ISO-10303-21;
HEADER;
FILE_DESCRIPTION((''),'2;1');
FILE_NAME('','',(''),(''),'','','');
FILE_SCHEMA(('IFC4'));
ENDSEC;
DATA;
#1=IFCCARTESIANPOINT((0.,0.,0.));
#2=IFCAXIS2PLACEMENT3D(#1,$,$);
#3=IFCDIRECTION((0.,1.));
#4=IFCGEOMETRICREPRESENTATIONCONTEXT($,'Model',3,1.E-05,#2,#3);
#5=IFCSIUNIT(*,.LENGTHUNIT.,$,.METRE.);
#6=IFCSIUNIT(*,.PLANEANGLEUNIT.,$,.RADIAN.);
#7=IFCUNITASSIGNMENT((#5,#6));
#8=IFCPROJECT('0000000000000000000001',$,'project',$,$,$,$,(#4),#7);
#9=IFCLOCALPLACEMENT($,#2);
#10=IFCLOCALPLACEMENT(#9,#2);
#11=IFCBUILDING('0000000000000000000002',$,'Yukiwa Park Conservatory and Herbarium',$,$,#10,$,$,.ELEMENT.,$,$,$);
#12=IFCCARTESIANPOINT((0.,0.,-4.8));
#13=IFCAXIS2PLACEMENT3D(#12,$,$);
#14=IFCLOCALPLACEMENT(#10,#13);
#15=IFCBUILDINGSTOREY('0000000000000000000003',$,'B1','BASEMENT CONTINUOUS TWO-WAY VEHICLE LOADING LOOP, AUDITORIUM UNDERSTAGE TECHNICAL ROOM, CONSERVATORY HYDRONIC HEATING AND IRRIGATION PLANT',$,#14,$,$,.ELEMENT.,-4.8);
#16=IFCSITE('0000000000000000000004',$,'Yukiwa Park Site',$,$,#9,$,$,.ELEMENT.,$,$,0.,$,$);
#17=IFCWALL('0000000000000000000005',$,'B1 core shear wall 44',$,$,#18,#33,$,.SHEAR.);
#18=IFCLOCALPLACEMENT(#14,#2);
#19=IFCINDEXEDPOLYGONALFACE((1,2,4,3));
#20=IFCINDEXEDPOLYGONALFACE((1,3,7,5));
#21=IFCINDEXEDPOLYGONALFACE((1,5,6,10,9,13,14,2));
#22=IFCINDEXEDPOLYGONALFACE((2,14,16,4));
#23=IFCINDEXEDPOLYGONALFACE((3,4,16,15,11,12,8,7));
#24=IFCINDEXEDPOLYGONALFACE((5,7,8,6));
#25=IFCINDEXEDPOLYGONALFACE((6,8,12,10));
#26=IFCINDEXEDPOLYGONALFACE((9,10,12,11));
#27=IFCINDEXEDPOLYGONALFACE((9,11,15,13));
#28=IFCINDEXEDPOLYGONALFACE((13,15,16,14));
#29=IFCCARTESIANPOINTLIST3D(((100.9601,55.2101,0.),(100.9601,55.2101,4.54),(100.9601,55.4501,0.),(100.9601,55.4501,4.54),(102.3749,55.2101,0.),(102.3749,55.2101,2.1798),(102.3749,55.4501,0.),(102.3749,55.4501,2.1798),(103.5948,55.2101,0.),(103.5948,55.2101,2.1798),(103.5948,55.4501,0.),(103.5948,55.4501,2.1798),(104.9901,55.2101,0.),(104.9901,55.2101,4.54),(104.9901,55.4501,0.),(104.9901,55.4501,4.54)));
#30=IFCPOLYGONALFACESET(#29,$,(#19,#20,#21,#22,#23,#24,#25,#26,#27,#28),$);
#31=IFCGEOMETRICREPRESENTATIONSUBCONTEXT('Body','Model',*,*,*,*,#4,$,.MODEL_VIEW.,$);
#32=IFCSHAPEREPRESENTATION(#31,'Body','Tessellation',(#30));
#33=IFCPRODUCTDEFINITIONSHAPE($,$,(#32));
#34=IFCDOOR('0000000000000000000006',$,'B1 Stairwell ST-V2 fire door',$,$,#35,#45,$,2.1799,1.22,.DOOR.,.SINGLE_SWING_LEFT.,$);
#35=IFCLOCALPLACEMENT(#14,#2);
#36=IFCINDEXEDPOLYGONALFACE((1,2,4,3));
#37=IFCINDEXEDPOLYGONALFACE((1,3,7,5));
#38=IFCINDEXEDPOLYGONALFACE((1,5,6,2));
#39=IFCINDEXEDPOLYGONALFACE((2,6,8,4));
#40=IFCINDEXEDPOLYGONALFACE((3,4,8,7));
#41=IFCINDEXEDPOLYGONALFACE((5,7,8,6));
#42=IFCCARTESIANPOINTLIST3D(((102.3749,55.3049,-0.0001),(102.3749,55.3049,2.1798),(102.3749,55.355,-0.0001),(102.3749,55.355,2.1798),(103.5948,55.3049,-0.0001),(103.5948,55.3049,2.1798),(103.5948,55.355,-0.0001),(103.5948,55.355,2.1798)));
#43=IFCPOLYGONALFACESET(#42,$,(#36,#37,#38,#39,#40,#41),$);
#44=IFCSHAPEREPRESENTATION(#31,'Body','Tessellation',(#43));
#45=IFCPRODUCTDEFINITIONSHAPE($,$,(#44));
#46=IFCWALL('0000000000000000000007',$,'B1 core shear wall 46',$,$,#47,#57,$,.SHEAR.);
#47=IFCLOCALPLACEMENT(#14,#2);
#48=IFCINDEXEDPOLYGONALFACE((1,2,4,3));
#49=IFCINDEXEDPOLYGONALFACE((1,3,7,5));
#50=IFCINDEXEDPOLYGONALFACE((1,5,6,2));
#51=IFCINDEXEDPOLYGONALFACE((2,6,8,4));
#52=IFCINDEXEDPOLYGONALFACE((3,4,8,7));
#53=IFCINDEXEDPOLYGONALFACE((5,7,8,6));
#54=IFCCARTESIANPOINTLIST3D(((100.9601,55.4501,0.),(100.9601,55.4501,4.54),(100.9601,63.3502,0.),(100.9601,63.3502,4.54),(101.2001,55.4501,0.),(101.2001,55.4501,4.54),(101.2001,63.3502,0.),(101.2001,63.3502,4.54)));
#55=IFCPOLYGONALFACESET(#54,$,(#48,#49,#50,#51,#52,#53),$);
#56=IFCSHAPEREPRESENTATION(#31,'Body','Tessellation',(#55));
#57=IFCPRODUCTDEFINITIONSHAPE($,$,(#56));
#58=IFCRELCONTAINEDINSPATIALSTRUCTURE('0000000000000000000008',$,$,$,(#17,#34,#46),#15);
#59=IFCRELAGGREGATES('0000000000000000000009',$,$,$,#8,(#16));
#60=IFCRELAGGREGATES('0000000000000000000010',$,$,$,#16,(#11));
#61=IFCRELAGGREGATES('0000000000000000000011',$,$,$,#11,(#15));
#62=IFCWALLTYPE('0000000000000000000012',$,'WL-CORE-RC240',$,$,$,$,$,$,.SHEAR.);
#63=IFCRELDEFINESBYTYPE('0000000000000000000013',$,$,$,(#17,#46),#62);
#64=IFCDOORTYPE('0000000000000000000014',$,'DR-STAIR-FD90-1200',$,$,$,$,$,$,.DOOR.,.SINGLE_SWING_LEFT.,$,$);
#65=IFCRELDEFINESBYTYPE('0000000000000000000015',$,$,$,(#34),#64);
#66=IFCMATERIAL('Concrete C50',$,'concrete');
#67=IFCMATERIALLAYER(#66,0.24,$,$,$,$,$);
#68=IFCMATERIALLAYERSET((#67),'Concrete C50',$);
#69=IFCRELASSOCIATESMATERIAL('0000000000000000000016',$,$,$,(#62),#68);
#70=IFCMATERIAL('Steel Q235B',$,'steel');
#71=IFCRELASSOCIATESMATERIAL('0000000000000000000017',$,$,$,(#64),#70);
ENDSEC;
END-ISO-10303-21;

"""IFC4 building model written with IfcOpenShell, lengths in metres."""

from ifc_helpers import new_model, si_unit, direction, frame, frame_2d, origin, place, context, subcontext, project, spatial, rectangle, extrude, material, layer, layer_set, type_object, element, fill, save


model = new_model("IFC4")

# Units and contexts
model_context = context("Model", 3, precision=1e-05, world=origin(), true_north=direction((0.0, 1.0)))
body_context = subcontext(model_context, "Body", "Model", "MODEL_VIEW")
ifc_project = project(units=[si_unit("LENGTHUNIT", "METRE"), si_unit("PLANEANGLEUNIT", "RADIAN")], contexts=[model_context])

# Site, building, storey
site_placement = place(None, origin())
site = spatial("IfcSite", under=ifc_project, at=site_placement, Name="Yukiwa Park Site", CompositionType="ELEMENT", RefElevation=0.0)
building_placement = place(site_placement, origin())
building = spatial("IfcBuilding", under=site, at=building_placement, Name="Yukiwa Park Conservatory and Herbarium", CompositionType="ELEMENT")
storey_placement = place(building_placement, frame((0.0, 0.0, -4.8)))
storey = spatial("IfcBuildingStorey", under=building, at=storey_placement, Name="B1", Description="BASEMENT CONTINUOUS TWO-WAY VEHICLE LOADING LOOP, AUDITORIUM UNDERSTAGE TECHNICAL ROOM, CONSERVATORY HYDRONIC HEATING AND IRRIGATION PLANT", CompositionType="ELEMENT", Elevation=-4.8)

# Shared definitions
ifc_material_1 = material(Name="Concrete C50", Category="concrete")
ifc_layer_1 = layer(ifc_material_1, 0.24)
ifc_layer_set_1 = layer_set([ifc_layer_1], Name="Concrete C50")
wall_type = type_object("IfcWallType", Name="WL-CORE-RC240", PredefinedType="SHEAR", material=ifc_layer_set_1)

# Wall, opening, door
wall_1_placement = place(storey_placement, frame((100.96, 55.3301, 0.0), z_axis=(0.0, 0.0, 1.0), x_axis=(1.0, 0.0, 0.0)))
wall_1 = element("IfcWall", 1, at=wall_1_placement, inside=storey, type_object=wall_type, Name="B1 core shear wall 44", PredefinedType="SHEAR", context=body_context, shape_type="SweptSolid", body=[
    extrude(rectangle(XDim=4.03, YDim=0.24, at=frame_2d((2.0151, 0.0))), origin(), (0.0, 0.0, 1.0), 4.54),
])
opening_placement = place(wall_1_placement, frame((1.415, 0.0, 0.0)))
opening = element("IfcOpeningElement", 2, at=opening_placement, cuts=wall_1, PredefinedType="OPENING", context=body_context, shape_type="SweptSolid", body=[
    extrude(rectangle(XDim=1.22, YDim=2.1799, at=frame_2d((0.6099, 1.0898))), frame((0.0, 0.1299, 0.0), z_axis=(0.0, -1.0, 0.0), x_axis=(1.0, 0.0, 0.0)), (0.0, 0.0, 1.0), 0.26),
])
ifc_material_2 = material(Name="Steel Q235B", Category="steel")
door_type = type_object("IfcDoorType", Name="DR-STAIR-FD90-1200", OperationType="SINGLE_SWING_LEFT", PredefinedType="DOOR", material=ifc_material_2)
door_placement = place(opening_placement, origin())
door = element("IfcDoor", 3, at=door_placement, inside=storey, type_object=door_type, Name="B1 Stairwell ST-V2 fire door", OperationType="SINGLE_SWING_LEFT", OverallHeight=2.1799, OverallWidth=1.22, PredefinedType="DOOR", context=body_context, shape_type="SweptSolid", body=[
    extrude(rectangle(XDim=1.22, YDim=2.1799, at=frame_2d((0.6099, 1.0898))), frame((0.0, 0.0249, 0.0), z_axis=(0.0, -1.0, 0.0), x_axis=(1.0, 0.0, 0.0)), (0.0, 0.0, 1.0), 0.05),
])
fill(opening, door)

# Wall
wall_2_placement = place(storey_placement, frame((101.0801, 55.45, 0.0), z_axis=(0.0, 0.0, 1.0), x_axis=(0.0, 1.0, 0.0)))
element("IfcWall", 4, at=wall_2_placement, inside=storey, type_object=wall_type, Name="B1 core shear wall 46", PredefinedType="SHEAR", context=body_context, shape_type="SweptSolid", body=[
    extrude(rectangle(XDim=7.9001, YDim=0.24, at=frame_2d((3.9502, 0.0))), origin(), (0.0, 0.0, 1.0), 4.54),
])

save(model, "model.ifc")
